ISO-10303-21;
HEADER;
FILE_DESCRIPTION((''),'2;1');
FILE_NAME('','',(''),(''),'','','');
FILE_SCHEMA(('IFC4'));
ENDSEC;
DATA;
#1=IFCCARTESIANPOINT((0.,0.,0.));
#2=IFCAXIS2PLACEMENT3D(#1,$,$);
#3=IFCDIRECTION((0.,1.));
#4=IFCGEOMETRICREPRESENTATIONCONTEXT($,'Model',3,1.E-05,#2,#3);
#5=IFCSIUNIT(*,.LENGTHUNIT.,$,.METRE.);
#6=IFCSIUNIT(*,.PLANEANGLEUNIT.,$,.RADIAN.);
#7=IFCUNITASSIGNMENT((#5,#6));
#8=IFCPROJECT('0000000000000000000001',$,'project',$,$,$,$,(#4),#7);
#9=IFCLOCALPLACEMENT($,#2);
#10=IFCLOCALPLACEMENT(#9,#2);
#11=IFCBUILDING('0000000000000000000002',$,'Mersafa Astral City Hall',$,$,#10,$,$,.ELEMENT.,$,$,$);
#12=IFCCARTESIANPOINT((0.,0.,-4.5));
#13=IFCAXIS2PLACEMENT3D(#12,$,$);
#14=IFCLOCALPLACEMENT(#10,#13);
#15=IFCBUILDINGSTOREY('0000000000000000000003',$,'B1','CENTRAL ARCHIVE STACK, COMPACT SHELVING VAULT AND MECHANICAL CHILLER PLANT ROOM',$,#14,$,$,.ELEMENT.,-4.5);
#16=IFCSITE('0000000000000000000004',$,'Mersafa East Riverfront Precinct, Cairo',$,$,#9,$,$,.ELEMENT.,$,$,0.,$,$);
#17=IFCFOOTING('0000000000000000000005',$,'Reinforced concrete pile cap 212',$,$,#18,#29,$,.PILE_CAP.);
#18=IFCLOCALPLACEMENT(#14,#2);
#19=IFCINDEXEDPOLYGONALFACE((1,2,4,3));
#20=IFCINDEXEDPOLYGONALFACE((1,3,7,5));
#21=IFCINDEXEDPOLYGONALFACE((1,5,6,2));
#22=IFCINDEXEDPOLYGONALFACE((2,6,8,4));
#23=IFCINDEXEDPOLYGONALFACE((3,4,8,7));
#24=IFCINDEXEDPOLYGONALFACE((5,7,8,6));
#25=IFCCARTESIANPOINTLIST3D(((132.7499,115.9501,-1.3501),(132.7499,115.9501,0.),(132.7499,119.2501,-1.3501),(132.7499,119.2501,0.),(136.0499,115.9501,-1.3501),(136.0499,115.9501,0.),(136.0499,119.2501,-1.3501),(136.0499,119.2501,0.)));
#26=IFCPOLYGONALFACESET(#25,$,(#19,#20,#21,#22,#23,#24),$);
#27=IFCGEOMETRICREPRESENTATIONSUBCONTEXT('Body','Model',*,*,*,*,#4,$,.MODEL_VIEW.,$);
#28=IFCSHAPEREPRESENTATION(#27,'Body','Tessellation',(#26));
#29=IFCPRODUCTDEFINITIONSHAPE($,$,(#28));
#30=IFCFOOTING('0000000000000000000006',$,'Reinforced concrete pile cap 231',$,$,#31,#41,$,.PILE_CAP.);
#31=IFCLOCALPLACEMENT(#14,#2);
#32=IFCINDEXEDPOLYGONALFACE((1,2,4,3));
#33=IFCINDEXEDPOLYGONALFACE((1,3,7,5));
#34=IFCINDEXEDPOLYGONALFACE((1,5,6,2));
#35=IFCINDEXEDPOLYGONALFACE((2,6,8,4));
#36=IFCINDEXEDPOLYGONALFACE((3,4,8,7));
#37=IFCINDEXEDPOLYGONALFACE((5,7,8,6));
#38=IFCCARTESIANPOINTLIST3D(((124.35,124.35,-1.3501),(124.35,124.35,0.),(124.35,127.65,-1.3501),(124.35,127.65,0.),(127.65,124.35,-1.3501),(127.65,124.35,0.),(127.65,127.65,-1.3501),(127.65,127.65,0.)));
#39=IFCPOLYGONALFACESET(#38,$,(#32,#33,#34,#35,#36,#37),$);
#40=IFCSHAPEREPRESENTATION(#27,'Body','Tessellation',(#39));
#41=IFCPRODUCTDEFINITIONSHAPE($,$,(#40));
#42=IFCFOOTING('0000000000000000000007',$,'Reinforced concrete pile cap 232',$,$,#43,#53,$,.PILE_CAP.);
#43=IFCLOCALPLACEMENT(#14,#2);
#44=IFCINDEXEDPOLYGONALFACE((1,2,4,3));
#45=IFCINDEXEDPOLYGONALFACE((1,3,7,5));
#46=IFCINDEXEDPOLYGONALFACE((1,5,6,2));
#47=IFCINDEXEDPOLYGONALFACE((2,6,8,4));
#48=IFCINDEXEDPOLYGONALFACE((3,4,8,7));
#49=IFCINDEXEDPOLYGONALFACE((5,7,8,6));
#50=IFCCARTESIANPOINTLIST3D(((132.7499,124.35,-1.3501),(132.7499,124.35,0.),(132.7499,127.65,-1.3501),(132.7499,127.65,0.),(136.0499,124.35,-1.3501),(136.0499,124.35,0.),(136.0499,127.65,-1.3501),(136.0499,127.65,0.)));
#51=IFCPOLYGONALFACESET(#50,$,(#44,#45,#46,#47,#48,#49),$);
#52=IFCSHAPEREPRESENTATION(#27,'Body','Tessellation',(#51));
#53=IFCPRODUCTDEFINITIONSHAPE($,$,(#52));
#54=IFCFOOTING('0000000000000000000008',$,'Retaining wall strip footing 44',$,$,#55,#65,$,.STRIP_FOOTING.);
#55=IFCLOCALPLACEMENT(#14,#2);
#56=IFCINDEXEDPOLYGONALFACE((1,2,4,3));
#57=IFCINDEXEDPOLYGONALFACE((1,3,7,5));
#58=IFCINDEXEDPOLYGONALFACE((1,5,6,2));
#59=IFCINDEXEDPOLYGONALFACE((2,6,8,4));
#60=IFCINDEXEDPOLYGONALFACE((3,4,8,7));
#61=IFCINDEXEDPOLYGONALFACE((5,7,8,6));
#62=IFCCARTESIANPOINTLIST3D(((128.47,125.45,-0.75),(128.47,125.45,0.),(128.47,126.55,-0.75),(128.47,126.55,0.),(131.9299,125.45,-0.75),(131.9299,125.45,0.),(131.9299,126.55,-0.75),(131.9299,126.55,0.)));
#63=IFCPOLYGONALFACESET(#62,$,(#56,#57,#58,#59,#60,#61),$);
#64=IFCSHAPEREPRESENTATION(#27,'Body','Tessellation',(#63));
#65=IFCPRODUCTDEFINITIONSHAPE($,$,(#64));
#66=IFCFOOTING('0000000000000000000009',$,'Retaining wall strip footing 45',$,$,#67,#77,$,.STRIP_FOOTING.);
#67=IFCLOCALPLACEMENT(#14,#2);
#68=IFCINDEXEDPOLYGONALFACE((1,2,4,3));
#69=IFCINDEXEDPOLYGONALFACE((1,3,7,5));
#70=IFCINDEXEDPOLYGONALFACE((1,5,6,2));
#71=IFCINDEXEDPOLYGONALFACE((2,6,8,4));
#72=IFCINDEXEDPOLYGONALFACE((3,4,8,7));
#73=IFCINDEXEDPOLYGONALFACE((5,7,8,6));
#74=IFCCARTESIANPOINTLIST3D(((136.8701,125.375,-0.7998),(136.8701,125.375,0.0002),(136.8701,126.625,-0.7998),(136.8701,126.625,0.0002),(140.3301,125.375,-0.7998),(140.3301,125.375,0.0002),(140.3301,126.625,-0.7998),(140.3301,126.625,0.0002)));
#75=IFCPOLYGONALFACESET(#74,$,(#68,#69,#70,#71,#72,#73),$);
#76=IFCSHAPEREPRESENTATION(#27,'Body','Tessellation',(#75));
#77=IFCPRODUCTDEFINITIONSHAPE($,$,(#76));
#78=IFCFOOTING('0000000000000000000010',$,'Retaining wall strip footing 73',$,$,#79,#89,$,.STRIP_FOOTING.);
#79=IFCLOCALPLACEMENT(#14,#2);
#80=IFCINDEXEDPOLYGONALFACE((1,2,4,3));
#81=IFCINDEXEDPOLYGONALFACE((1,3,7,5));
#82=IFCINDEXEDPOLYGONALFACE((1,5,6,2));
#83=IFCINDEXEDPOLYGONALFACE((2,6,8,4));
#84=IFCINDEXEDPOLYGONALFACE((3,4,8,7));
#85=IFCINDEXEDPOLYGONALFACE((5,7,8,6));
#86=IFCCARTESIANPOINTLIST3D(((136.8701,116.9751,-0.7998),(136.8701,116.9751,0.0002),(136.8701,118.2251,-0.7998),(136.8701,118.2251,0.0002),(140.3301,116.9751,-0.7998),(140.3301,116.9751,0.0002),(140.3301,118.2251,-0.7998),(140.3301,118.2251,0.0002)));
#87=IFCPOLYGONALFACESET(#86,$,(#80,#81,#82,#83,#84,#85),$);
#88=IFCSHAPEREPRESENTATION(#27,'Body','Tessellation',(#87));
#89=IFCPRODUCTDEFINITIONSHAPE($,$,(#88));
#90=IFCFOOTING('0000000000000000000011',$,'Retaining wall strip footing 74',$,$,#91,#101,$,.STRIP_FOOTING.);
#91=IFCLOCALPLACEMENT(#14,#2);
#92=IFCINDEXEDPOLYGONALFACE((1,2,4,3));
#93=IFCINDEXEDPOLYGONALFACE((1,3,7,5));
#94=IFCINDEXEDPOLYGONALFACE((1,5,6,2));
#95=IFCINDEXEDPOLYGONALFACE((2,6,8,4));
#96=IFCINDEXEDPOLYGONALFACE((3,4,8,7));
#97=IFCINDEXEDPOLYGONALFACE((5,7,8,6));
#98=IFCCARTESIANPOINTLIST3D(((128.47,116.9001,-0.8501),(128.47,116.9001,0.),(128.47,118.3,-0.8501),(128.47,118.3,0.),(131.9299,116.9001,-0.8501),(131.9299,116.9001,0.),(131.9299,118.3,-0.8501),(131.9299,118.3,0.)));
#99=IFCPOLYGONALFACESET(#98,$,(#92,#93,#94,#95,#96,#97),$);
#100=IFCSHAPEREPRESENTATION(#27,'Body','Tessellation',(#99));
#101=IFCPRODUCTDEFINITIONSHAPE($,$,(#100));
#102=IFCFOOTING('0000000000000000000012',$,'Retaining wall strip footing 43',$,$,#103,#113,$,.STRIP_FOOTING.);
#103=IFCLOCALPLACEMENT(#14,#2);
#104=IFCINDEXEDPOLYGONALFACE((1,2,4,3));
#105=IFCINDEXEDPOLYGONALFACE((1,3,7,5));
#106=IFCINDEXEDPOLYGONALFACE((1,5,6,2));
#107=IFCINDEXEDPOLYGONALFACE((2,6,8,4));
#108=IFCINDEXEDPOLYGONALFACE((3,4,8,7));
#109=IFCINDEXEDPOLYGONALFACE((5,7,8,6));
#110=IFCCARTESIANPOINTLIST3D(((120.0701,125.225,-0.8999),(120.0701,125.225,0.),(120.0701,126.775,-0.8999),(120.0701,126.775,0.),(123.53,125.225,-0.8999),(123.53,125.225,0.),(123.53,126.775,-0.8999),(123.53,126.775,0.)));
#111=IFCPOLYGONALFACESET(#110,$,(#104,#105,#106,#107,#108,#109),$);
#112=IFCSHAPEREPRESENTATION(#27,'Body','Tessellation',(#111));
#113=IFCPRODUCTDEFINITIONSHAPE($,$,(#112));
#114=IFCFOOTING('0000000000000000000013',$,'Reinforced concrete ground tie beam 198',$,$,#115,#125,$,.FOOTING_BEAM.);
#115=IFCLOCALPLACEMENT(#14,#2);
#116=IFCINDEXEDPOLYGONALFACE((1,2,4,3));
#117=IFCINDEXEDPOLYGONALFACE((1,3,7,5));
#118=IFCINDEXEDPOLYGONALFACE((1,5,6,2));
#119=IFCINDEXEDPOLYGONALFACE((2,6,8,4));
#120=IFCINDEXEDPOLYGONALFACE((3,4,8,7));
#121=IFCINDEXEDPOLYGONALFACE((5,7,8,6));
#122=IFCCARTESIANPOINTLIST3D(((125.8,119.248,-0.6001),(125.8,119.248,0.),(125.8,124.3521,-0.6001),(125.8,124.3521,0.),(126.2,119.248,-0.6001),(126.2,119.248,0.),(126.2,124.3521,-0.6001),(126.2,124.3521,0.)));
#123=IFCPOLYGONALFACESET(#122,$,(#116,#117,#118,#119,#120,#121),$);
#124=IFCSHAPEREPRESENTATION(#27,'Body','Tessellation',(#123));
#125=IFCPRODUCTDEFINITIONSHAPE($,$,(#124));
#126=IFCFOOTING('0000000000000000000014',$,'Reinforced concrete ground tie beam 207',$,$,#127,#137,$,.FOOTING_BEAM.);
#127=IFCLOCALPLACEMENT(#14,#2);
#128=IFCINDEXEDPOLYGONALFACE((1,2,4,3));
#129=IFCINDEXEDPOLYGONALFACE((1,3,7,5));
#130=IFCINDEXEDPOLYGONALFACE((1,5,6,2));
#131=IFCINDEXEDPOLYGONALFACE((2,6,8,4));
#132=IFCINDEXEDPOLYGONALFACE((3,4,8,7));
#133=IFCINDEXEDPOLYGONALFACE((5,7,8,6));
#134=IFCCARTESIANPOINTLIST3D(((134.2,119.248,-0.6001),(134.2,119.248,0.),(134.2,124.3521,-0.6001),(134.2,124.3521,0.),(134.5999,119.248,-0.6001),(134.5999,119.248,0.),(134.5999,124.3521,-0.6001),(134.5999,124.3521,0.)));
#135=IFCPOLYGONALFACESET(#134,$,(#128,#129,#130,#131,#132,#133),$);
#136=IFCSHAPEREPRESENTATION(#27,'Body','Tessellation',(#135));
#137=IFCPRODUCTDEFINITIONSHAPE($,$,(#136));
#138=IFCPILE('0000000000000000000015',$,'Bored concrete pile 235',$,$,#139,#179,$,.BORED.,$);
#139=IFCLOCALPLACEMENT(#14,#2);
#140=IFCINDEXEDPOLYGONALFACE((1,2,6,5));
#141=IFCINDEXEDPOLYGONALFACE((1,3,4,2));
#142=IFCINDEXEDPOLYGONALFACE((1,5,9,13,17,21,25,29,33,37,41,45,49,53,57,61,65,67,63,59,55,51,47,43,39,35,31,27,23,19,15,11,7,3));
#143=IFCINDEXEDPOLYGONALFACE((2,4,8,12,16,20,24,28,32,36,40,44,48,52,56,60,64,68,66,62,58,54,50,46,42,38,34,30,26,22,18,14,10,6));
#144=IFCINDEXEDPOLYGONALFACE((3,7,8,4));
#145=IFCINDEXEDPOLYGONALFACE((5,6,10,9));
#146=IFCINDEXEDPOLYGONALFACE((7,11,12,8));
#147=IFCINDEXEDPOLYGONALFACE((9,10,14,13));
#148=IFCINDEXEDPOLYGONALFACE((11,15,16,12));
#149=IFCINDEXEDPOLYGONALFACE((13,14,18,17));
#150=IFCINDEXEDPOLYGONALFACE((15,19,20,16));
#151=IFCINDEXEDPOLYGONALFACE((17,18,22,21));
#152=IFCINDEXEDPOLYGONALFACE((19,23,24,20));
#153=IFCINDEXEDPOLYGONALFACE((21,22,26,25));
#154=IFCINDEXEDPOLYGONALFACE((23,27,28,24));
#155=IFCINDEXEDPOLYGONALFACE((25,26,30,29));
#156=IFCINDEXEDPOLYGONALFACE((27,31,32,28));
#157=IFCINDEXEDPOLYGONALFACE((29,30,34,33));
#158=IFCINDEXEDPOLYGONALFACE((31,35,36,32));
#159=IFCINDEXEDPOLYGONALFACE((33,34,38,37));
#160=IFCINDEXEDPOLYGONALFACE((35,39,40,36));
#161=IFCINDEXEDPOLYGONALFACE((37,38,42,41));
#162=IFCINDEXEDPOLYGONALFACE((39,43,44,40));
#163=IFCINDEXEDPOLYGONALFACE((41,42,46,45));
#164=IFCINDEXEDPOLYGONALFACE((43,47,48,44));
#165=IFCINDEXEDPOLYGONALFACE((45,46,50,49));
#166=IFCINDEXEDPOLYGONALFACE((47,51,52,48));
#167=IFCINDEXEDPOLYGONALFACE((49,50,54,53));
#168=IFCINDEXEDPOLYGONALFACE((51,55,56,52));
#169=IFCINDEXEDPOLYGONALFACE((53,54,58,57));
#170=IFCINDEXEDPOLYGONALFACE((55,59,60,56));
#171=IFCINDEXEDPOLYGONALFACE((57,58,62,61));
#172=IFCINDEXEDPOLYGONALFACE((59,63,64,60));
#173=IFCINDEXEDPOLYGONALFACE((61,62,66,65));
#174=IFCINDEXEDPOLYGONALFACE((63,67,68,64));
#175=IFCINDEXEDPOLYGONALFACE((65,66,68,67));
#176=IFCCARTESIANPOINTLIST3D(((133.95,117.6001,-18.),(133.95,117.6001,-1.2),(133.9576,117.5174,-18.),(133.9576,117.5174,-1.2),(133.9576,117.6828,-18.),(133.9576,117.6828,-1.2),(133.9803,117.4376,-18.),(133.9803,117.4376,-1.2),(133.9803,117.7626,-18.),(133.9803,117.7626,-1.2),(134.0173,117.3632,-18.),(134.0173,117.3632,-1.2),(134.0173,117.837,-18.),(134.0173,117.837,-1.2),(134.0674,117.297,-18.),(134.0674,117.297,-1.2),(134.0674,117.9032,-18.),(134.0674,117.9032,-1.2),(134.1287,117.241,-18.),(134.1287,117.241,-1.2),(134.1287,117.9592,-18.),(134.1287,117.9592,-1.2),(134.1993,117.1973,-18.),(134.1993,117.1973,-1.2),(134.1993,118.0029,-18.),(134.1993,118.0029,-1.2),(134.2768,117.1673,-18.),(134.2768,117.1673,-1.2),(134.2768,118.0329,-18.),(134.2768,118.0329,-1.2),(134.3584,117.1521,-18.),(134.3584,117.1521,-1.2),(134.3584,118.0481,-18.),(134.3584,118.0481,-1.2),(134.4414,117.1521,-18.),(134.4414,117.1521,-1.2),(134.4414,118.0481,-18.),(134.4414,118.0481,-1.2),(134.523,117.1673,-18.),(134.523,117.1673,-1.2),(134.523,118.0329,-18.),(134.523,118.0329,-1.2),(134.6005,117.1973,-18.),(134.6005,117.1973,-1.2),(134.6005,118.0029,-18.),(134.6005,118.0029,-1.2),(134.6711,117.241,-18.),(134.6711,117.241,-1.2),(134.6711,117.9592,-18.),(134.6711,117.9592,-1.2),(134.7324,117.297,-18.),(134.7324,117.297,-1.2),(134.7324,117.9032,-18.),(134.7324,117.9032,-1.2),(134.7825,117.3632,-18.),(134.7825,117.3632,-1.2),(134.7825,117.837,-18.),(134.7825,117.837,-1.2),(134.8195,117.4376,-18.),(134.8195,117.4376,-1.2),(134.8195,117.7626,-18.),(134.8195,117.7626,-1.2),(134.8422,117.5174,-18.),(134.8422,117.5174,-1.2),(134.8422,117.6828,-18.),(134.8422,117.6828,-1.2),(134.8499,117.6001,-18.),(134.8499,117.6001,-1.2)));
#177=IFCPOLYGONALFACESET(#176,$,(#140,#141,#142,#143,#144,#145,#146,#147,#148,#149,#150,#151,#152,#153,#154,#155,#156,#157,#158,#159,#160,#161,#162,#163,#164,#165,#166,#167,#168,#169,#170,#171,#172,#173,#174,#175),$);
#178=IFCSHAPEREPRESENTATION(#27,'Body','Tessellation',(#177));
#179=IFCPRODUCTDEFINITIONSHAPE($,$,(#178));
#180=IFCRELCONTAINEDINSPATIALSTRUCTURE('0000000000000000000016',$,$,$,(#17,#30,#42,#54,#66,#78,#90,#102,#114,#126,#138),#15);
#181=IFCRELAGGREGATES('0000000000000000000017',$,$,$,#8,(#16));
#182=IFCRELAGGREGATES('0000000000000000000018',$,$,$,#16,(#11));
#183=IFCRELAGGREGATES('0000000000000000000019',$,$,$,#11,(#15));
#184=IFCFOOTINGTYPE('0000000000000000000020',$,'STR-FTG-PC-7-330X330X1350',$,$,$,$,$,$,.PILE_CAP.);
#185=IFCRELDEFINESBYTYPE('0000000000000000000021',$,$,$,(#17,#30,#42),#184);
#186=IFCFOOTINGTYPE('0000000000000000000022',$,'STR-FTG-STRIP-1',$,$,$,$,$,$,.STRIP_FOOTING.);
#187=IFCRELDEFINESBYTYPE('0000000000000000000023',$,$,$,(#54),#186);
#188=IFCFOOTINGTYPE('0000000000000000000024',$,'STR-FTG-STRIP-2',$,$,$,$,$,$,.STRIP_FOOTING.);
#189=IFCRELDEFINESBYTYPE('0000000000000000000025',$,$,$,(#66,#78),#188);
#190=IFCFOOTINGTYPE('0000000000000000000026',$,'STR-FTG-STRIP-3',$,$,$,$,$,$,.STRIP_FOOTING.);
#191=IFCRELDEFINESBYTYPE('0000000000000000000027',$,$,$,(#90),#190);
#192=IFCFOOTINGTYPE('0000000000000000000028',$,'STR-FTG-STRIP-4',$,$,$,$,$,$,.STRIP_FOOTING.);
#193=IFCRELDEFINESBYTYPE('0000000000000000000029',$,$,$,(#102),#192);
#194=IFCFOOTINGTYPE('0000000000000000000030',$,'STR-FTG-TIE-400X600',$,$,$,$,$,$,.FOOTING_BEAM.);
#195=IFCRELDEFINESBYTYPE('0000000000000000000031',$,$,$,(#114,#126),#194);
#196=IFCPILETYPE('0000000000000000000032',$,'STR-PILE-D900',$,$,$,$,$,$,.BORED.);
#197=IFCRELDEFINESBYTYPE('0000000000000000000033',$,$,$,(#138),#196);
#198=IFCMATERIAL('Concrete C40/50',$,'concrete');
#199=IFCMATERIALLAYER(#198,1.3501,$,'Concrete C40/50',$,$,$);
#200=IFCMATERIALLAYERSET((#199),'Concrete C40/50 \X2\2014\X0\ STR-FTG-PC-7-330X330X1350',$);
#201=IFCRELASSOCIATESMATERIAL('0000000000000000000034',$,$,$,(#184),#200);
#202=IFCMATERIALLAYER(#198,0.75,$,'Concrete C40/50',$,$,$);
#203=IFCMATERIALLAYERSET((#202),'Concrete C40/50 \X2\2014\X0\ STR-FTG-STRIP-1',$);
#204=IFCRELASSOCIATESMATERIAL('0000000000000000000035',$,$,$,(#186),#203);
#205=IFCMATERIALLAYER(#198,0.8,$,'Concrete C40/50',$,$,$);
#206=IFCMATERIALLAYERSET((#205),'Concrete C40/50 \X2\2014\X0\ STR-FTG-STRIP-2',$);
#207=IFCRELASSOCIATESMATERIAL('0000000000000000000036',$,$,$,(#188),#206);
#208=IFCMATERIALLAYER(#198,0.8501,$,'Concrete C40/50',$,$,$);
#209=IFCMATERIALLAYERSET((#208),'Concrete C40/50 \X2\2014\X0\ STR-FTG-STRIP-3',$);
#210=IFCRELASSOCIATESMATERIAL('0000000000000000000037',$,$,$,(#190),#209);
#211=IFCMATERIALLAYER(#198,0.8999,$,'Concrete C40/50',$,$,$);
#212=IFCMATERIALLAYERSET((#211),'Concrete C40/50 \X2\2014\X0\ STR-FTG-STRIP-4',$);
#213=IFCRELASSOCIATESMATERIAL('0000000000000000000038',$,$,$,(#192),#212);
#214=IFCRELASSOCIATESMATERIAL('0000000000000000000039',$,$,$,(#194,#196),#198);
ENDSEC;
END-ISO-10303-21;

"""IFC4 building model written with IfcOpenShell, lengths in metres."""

from ifc_helpers import new_model, si_unit, direction, frame, origin, origin_2d, place, context, subcontext, project, spatial, rectangle, circle, extrude, material, layer, layer_set, material_profile, profile_set, type_object, element, save


model = new_model("IFC4")

# Units and contexts
model_context = context("Model", 3, precision=1e-05, world=origin(), true_north=direction((0.0, 1.0)))
body_context = subcontext(model_context, "Body", "Model", "MODEL_VIEW")
ifc_project = project(units=[si_unit("LENGTHUNIT", "METRE"), si_unit("PLANEANGLEUNIT", "RADIAN")], contexts=[model_context])

# Site, building, storey
site_placement = place(None, origin())
site = spatial("IfcSite", under=ifc_project, at=site_placement, Name="Mersafa East Riverfront Precinct, Cairo", CompositionType="ELEMENT", RefElevation=0.0)
building_placement = place(site_placement, origin())
building = spatial("IfcBuilding", under=site, at=building_placement, Name="Mersafa Astral City Hall", CompositionType="ELEMENT")
storey_placement = place(building_placement, frame((0.0, 0.0, -4.5)))
storey = spatial("IfcBuildingStorey", under=building, at=storey_placement, Name="B1", Description="CENTRAL ARCHIVE STACK, COMPACT SHELVING VAULT AND MECHANICAL CHILLER PLANT ROOM", CompositionType="ELEMENT", Elevation=-4.5)

# Footings
ifc_material_1 = material(Name="Concrete C40/50", Category="concrete")
ifc_layer_1 = layer(ifc_material_1, 1.3501, Name="Concrete C40/50")
ifc_layer_set_1 = layer_set([ifc_layer_1], Name="Concrete C40/50 — STR-FTG-PC-7-330X330X1350")
footing_type_1 = type_object("IfcFootingType", Name="STR-FTG-PC-7-330X330X1350", PredefinedType="PILE_CAP", material=ifc_layer_set_1)
for number, where, z_axis, x_axis, name in (
    (1, (134.3999, 117.6001, -1.3501), (0.0, 0.0, 1.0), (1.0, 0.0, 0.0), "Reinforced concrete pile cap 212"),
    (2, (126.0, 126.0, -1.3501), (0.0, 0.0, 1.0), (1.0, 0.0, 0.0), "Reinforced concrete pile cap 231"),
    (3, (134.3999, 126.0, -1.3501), (0.0, 0.0, 1.0), (1.0, 0.0, 0.0), "Reinforced concrete pile cap 232"),
):
    element("IfcFooting", number, at=place(storey_placement, frame(where, z_axis=z_axis, x_axis=x_axis)), inside=storey, type_object=footing_type_1, Name=name, PredefinedType="PILE_CAP", context=body_context, shape_type="SweptSolid", body=[
        extrude(rectangle(XDim=3.3, YDim=3.3, at=origin_2d()), origin(), (0.0, 0.0, 1.0), 1.3501),
    ])
ifc_layer_2 = layer(ifc_material_1, 0.75, Name="Concrete C40/50")
ifc_layer_set_2 = layer_set([ifc_layer_2], Name="Concrete C40/50 — STR-FTG-STRIP-1")
footing_type_2 = type_object("IfcFootingType", Name="STR-FTG-STRIP-1", PredefinedType="STRIP_FOOTING", material=ifc_layer_set_2)
footing_1_placement = place(storey_placement, frame((130.2, 126.0, -0.75), z_axis=(0.0, 0.0, 1.0), x_axis=(1.0, 0.0, 0.0)))
element("IfcFooting", 4, at=footing_1_placement, inside=storey, type_object=footing_type_2, Name="Retaining wall strip footing 44", PredefinedType="STRIP_FOOTING", context=body_context, shape_type="SweptSolid", body=[
    extrude(rectangle(XDim=3.46, YDim=1.1001, at=origin_2d()), origin(), (0.0, 0.0, 1.0), 0.75),
])
ifc_layer_3 = layer(ifc_material_1, 0.8, Name="Concrete C40/50")
ifc_layer_set_3 = layer_set([ifc_layer_3], Name="Concrete C40/50 — STR-FTG-STRIP-2")
footing_type_3 = type_object("IfcFootingType", Name="STR-FTG-STRIP-2", PredefinedType="STRIP_FOOTING", material=ifc_layer_set_3)
for number, where, z_axis, x_axis, name in (
    (5, (138.6001, 126.0, -0.7998), (0.0, 0.0, 1.0), (1.0, 0.0, 0.0), "Retaining wall strip footing 45"),
    (6, (138.6001, 117.6001, -0.7998), (0.0, 0.0, 1.0), (-1.0, 0.0, 0.0), "Retaining wall strip footing 73"),
):
    element("IfcFooting", number, at=place(storey_placement, frame(where, z_axis=z_axis, x_axis=x_axis)), inside=storey, type_object=footing_type_3, Name=name, PredefinedType="STRIP_FOOTING", context=body_context, shape_type="SweptSolid", body=[
        extrude(rectangle(XDim=3.46, YDim=1.25, at=origin_2d()), origin(), (0.0, 0.0, 1.0), 0.8),
    ])
ifc_layer_4 = layer(ifc_material_1, 0.8501, Name="Concrete C40/50")
ifc_layer_set_4 = layer_set([ifc_layer_4], Name="Concrete C40/50 — STR-FTG-STRIP-3")
footing_type_4 = type_object("IfcFootingType", Name="STR-FTG-STRIP-3", PredefinedType="STRIP_FOOTING", material=ifc_layer_set_4)
footing_2_placement = place(storey_placement, frame((130.2, 117.6001, -0.8501), z_axis=(0.0, 0.0, 1.0), x_axis=(-1.0, 0.0, 0.0)))
element("IfcFooting", 7, at=footing_2_placement, inside=storey, type_object=footing_type_4, Name="Retaining wall strip footing 74", PredefinedType="STRIP_FOOTING", context=body_context, shape_type="SweptSolid", body=[
    extrude(rectangle(XDim=3.46, YDim=1.3999, at=origin_2d()), origin(), (0.0, 0.0, 1.0), 0.8501),
])
ifc_layer_5 = layer(ifc_material_1, 0.8999, Name="Concrete C40/50")
ifc_layer_set_5 = layer_set([ifc_layer_5], Name="Concrete C40/50 — STR-FTG-STRIP-4")
footing_type_5 = type_object("IfcFootingType", Name="STR-FTG-STRIP-4", PredefinedType="STRIP_FOOTING", material=ifc_layer_set_5)
footing_3_placement = place(storey_placement, frame((121.8, 126.0, -0.8999), z_axis=(0.0, 0.0, 1.0), x_axis=(1.0, 0.0, 0.0)))
element("IfcFooting", 8, at=footing_3_placement, inside=storey, type_object=footing_type_5, Name="Retaining wall strip footing 43", PredefinedType="STRIP_FOOTING", context=body_context, shape_type="SweptSolid", body=[
    extrude(rectangle(XDim=3.46, YDim=1.55, at=origin_2d()), origin(), (0.0, 0.0, 1.0), 0.8999),
])
ifc_material_profile_1 = material_profile(ifc_material_1, rectangle(XDim=0.3999, YDim=0.6001, at=origin_2d()), Name="RC 400x600")
ifc_profile_set_1 = profile_set([ifc_material_profile_1], Name="Concrete C40/50")
footing_type_6 = type_object("IfcFootingType", Name="STR-FTG-TIE-400X600", PredefinedType="FOOTING_BEAM", material=ifc_profile_set_1)
for number, where, z_axis, x_axis, name in (
    (9, (126.0, 119.248, -0.3), (0.0, 1.0, 0.0), (-1.0, 0.0, 0.0), "Reinforced concrete ground tie beam 198"),
    (10, (134.3999, 119.248, -0.3), (0.0, 1.0, 0.0), (-1.0, 0.0, 0.0), "Reinforced concrete ground tie beam 207"),
):
    element("IfcFooting", number, at=place(storey_placement, frame(where, z_axis=z_axis, x_axis=x_axis)), inside=storey, type_object=footing_type_6, Name=name, PredefinedType="FOOTING_BEAM", context=body_context, shape_type="SweptSolid", body=[
        extrude(rectangle(XDim=0.3999, YDim=0.6001, at=origin_2d()), origin(), (0.0, 0.0, 1.0), 5.104),
    ])

# Pile
ifc_material_profile_2 = material_profile(ifc_material_1, circle(Radius=0.45, at=origin_2d()), Name="PILE D900")
ifc_profile_set_2 = profile_set([ifc_material_profile_2], Name="Concrete C40/50")
pile_type = type_object("IfcPileType", Name="STR-PILE-D900", PredefinedType="BORED", material=ifc_profile_set_2)
for number, where, z_axis, x_axis, name in (
    (11, (134.3999, 117.6001, -1.2), (0.0, 0.0, -1.0), (1.0, 0.0, 0.0), "Bored concrete pile 235"),
):
    element("IfcPile", number, at=place(storey_placement, frame(where, z_axis=z_axis, x_axis=x_axis)), inside=storey, type_object=pile_type, Name=name, PredefinedType="BORED", context=body_context, shape_type="SweptSolid", body=[
        extrude(circle(Radius=0.45, at=origin_2d()), origin(), (0.0, 0.0, 1.0), 16.8),
    ])

save(model, "model.ifc")
